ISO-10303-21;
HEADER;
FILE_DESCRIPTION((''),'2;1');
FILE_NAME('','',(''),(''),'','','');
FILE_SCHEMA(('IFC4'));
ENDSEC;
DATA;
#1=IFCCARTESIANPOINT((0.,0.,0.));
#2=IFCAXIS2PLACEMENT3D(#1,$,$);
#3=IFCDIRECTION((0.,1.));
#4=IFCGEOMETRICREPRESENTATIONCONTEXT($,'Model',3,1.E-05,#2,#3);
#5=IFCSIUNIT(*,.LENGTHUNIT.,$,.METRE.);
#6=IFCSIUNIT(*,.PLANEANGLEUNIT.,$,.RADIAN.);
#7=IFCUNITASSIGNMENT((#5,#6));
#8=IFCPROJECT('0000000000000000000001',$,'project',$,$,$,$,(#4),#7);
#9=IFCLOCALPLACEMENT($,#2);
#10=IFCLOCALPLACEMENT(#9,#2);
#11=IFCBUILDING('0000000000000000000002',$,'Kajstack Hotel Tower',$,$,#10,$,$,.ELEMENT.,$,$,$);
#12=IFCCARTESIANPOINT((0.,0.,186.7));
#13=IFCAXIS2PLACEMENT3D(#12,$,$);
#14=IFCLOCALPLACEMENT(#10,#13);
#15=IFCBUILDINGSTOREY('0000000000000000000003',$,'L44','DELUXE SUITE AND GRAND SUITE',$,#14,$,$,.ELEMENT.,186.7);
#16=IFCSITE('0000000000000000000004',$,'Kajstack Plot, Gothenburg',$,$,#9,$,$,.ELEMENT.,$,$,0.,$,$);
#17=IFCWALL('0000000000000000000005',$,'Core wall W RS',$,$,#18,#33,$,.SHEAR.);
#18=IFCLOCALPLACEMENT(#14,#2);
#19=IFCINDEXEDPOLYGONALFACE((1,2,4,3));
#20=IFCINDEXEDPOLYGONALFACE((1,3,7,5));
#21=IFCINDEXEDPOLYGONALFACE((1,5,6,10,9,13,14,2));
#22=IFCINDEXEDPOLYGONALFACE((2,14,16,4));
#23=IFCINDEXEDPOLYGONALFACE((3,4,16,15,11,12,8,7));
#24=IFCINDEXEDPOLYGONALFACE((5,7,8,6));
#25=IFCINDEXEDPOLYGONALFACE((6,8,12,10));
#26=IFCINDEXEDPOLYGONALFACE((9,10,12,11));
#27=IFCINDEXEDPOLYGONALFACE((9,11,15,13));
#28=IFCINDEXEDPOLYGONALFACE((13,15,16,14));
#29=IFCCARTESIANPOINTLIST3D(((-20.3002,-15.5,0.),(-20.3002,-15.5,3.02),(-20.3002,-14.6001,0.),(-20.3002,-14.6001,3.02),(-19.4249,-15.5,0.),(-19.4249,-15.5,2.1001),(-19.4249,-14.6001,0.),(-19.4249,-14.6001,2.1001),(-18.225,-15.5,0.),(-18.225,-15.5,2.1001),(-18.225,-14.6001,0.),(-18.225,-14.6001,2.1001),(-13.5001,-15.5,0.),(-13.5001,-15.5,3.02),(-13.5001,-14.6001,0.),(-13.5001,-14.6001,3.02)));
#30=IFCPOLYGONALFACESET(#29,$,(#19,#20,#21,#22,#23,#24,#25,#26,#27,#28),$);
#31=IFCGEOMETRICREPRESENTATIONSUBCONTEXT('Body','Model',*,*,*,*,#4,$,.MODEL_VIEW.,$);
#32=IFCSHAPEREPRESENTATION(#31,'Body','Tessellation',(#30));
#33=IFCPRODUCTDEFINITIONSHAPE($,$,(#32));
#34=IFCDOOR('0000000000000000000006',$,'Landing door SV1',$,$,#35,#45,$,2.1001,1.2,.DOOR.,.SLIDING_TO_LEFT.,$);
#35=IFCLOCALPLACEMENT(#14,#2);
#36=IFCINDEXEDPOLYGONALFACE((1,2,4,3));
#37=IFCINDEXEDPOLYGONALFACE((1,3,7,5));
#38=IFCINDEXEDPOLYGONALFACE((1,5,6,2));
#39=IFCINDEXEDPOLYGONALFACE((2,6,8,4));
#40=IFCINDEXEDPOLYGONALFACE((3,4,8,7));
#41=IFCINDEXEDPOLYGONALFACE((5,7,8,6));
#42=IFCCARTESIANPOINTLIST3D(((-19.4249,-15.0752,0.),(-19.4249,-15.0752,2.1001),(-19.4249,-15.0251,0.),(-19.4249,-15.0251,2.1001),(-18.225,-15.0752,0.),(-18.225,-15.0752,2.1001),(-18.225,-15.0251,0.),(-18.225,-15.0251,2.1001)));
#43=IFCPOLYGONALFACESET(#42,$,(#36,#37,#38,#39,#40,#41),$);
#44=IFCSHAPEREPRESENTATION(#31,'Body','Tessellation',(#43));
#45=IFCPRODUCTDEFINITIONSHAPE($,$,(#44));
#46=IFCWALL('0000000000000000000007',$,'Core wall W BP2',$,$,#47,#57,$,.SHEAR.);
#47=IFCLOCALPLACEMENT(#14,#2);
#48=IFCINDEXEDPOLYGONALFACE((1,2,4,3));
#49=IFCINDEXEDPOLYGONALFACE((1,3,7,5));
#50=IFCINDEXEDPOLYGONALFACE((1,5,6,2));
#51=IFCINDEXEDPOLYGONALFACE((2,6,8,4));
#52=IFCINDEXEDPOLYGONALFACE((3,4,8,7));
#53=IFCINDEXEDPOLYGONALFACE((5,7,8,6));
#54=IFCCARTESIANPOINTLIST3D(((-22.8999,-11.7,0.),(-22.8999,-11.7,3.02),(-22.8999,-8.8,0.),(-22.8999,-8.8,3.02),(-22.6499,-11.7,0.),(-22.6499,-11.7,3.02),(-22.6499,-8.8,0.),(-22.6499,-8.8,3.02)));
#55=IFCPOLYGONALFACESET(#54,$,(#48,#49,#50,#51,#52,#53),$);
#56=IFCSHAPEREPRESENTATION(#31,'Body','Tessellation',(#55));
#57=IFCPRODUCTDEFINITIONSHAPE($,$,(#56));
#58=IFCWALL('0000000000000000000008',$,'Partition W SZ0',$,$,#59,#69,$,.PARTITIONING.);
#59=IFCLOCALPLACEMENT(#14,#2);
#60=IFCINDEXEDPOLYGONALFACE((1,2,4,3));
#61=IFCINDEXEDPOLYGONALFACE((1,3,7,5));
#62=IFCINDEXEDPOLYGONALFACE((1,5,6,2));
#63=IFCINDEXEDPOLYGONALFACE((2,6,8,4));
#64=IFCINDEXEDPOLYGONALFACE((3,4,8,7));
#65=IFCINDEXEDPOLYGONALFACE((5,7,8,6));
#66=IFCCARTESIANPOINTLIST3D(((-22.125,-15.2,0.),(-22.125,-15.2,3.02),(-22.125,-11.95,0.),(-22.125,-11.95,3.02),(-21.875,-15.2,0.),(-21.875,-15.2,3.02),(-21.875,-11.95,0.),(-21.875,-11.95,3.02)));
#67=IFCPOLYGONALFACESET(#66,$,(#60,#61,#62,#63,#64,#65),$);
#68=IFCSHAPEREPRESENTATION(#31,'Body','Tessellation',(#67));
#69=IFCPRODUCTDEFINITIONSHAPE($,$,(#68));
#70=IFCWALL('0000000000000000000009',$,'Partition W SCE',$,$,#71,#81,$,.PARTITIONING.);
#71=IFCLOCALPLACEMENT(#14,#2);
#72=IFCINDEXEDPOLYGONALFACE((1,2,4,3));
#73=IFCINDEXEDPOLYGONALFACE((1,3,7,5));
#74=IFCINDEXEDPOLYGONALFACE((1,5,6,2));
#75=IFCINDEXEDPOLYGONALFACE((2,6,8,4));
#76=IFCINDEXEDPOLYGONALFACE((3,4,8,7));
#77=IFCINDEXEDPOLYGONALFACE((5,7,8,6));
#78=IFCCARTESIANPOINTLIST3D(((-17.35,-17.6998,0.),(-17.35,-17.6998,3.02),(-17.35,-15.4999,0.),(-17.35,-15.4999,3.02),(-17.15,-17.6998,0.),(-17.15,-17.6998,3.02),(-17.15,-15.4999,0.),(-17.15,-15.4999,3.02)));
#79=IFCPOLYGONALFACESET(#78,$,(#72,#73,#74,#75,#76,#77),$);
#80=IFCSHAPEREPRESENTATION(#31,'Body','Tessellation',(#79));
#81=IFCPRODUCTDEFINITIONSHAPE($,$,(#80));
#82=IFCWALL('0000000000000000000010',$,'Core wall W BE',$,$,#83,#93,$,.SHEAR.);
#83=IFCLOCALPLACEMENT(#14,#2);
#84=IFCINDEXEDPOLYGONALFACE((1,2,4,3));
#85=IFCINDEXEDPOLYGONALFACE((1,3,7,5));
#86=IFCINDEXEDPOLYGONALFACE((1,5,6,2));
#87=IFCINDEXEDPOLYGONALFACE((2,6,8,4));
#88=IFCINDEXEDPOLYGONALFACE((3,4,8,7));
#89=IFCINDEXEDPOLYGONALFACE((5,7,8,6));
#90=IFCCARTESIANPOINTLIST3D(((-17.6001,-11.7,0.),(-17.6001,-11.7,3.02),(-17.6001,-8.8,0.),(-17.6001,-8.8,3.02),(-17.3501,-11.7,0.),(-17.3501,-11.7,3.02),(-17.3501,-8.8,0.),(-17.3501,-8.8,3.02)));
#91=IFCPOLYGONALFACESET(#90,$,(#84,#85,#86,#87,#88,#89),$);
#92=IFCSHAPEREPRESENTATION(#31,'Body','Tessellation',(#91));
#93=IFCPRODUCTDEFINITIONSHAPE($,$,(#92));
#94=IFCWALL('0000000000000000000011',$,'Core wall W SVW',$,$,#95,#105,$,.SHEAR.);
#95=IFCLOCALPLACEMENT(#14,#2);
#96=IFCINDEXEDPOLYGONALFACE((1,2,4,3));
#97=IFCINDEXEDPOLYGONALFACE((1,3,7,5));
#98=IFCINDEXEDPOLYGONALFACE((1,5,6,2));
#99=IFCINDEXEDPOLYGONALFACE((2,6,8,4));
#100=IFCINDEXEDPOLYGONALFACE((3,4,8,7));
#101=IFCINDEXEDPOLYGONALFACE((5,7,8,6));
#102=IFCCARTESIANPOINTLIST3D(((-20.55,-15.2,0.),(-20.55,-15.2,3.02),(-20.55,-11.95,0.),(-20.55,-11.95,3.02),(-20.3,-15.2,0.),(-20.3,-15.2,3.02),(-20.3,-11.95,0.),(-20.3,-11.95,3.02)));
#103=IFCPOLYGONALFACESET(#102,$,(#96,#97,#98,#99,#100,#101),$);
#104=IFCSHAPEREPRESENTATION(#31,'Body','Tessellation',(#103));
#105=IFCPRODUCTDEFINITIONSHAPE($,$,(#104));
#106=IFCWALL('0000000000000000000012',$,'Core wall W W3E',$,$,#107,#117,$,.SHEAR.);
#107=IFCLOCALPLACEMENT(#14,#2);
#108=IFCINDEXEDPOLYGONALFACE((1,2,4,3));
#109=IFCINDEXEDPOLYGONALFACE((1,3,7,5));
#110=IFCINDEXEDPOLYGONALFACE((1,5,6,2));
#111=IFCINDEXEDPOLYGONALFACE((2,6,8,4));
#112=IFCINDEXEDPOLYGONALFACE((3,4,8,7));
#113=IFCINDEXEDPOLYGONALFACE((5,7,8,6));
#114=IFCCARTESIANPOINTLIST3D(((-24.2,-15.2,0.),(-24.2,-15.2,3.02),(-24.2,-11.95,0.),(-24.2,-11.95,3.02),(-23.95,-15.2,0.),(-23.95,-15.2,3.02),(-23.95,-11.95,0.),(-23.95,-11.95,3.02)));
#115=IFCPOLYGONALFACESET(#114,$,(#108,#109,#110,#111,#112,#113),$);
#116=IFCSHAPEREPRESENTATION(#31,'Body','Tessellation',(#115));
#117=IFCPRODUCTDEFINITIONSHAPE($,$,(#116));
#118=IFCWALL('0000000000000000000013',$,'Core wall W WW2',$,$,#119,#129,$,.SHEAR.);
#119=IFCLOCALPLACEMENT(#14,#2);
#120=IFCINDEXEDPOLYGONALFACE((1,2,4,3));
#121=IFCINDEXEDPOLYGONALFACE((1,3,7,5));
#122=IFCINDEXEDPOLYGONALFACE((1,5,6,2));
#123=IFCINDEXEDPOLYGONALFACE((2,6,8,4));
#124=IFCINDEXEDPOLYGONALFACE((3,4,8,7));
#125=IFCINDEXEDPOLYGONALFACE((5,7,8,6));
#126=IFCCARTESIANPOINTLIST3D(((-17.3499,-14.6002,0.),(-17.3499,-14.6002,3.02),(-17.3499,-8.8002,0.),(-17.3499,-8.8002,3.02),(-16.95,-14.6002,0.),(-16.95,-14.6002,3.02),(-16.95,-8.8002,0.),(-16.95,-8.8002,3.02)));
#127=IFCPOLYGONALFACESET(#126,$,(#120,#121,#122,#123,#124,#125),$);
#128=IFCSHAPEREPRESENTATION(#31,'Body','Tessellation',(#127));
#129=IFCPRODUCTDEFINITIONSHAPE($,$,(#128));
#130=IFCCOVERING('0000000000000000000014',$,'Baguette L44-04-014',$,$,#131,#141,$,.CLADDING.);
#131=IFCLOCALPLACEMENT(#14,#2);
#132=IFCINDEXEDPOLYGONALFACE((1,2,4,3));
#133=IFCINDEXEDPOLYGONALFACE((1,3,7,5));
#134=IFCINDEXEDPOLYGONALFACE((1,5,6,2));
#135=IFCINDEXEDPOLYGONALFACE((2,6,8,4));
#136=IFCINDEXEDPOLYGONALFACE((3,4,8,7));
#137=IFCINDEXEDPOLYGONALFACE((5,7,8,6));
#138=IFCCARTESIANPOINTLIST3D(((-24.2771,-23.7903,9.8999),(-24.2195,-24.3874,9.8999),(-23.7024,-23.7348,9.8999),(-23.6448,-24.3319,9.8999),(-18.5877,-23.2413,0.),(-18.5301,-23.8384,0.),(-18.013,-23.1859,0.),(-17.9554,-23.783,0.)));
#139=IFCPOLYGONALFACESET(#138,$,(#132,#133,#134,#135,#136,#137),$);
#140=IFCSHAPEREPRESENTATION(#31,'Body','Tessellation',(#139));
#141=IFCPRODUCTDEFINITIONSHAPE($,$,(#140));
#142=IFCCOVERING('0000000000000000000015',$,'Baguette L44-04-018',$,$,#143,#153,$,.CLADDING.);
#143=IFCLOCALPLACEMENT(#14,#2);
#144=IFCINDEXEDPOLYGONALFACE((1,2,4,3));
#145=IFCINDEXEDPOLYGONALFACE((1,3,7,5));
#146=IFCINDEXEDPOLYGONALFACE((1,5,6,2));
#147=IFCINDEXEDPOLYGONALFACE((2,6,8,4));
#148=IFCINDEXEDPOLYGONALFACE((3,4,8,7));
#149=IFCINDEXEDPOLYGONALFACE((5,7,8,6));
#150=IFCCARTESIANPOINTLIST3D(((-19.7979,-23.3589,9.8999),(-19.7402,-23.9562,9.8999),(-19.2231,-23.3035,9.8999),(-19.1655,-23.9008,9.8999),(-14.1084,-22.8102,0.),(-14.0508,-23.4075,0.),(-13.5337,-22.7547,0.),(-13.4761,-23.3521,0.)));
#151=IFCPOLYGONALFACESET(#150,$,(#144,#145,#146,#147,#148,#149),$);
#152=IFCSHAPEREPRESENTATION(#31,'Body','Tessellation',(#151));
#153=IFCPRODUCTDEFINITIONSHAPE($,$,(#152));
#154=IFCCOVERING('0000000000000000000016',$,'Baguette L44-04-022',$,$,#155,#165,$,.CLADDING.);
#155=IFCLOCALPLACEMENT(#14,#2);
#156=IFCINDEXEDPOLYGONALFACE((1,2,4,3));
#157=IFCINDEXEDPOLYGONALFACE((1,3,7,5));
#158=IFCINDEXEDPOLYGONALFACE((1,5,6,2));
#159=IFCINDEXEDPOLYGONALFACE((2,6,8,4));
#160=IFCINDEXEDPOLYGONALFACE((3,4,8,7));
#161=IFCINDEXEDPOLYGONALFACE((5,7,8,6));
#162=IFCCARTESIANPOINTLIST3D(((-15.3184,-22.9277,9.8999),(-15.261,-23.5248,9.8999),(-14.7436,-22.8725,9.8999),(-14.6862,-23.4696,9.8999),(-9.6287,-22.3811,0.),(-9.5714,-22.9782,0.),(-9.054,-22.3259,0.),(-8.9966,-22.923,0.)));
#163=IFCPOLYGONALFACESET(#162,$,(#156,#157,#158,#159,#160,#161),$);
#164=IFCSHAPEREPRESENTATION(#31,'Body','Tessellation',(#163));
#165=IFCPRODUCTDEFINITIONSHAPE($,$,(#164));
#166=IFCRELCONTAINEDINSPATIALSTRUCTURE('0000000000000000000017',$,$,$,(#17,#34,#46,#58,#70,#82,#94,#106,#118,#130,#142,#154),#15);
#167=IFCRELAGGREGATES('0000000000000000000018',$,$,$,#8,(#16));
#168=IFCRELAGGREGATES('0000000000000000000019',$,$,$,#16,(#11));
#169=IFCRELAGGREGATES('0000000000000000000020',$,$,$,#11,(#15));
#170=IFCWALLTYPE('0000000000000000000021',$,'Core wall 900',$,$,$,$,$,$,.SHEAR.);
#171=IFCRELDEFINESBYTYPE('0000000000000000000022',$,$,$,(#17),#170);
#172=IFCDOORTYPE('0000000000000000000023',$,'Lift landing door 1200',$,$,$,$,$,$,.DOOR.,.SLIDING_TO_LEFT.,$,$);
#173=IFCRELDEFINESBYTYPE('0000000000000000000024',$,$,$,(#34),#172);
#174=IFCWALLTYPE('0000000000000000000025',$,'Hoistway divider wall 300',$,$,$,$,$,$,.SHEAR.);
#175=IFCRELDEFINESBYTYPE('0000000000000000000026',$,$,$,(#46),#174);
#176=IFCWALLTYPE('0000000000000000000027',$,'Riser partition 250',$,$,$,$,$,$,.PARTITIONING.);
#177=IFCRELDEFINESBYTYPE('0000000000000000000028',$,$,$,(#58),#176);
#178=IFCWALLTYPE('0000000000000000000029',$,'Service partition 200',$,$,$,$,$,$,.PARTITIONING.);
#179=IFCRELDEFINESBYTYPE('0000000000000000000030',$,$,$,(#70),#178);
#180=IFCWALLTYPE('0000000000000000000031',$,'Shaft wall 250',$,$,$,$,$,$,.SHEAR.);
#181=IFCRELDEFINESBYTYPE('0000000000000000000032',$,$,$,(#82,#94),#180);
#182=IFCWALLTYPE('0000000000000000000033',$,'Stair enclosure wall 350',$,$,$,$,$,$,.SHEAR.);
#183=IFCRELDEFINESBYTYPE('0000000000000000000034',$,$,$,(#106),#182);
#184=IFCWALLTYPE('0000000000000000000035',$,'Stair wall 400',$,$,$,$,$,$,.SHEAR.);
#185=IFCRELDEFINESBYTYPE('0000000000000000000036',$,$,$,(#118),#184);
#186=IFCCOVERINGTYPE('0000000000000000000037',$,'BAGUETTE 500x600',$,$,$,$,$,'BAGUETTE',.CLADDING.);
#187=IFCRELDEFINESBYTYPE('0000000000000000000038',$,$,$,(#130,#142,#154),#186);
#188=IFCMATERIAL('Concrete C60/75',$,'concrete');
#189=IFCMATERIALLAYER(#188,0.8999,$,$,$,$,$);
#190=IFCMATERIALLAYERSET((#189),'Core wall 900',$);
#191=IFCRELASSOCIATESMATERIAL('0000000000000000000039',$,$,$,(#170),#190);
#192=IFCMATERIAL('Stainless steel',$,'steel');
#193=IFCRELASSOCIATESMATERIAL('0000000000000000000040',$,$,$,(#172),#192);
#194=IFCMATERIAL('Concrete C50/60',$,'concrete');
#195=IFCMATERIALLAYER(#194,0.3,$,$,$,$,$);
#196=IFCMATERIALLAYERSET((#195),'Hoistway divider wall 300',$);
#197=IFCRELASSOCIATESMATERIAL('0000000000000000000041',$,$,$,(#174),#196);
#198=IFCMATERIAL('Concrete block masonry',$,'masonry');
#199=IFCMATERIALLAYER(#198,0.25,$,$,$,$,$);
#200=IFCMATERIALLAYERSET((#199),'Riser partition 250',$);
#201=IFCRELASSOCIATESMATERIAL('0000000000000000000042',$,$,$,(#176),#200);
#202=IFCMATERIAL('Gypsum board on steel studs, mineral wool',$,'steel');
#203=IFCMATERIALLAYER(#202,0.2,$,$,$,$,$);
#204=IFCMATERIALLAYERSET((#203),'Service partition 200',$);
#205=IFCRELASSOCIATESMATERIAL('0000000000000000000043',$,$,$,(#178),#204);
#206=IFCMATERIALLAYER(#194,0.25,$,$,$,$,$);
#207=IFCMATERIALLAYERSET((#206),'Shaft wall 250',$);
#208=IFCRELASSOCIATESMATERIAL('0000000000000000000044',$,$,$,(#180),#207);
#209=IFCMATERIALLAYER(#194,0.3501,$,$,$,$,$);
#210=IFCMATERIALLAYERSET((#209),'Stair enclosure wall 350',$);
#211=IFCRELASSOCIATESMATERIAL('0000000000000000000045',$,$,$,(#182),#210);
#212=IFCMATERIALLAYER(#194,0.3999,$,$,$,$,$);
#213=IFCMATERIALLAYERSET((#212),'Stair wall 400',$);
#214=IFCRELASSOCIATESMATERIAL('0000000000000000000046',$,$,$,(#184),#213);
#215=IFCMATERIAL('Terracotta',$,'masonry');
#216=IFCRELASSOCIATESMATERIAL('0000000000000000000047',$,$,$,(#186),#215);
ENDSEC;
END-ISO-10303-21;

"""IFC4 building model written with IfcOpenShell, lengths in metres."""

from ifc_helpers import new_model, si_unit, direction, frame, frame_2d, origin, origin_2d, place, context, subcontext, project, spatial, polyline, rectangle, outline, extrude, material, layer, layer_set, material_profile, profile_set, type_object, element, fill, save


model = new_model("IFC4")

# Units and contexts
model_context = context("Model", 3, precision=1e-05, world=origin(), true_north=direction((0.0, 1.0)))
body_context = subcontext(model_context, "Body", "Model", "MODEL_VIEW")
ifc_project = project(units=[si_unit("LENGTHUNIT", "METRE"), si_unit("PLANEANGLEUNIT", "RADIAN")], contexts=[model_context])

# Site, building, storey
site_placement = place(None, origin())
site = spatial("IfcSite", under=ifc_project, at=site_placement, Name="Kajstack Plot, Gothenburg", CompositionType="ELEMENT", RefElevation=0.0)
building_placement = place(site_placement, origin())
building = spatial("IfcBuilding", under=site, at=building_placement, Name="Kajstack Hotel Tower", CompositionType="ELEMENT")
storey_placement = place(building_placement, frame((0.0, 0.0, 186.7)))
storey = spatial("IfcBuildingStorey", under=building, at=storey_placement, Name="L44", Description="DELUXE SUITE AND GRAND SUITE", CompositionType="ELEMENT", Elevation=186.7)

# Wall, opening, door
ifc_material_1 = material(Name="Concrete C60/75", Category="concrete")
ifc_layer_1 = layer(ifc_material_1, 0.8999)
ifc_layer_set_1 = layer_set([ifc_layer_1], Name="Core wall 900")
wall_type_1 = type_object("IfcWallType", Name="Core wall 900", PredefinedType="SHEAR", material=ifc_layer_set_1)
wall_1_placement = place(storey_placement, frame((-20.3, -15.05, 0.0), z_axis=(0.0, 0.0, 1.0), x_axis=(1.0, 0.0, 0.0)))
wall_1 = element("IfcWall", 1, at=wall_1_placement, inside=storey, type_object=wall_type_1, Name="Core wall W RS", PredefinedType="SHEAR", context=body_context, shape_type="SweptSolid", body=[
    extrude(rectangle(XDim=6.8, YDim=0.8999, at=frame_2d((3.3999, 0.0))), origin(), (0.0, 0.0, 1.0), 3.02),
])
opening_placement = place(wall_1_placement, frame((0.875, 0.0, 0.0)))
opening = element("IfcOpeningElement", 2, at=opening_placement, cuts=wall_1, PredefinedType="OPENING", context=body_context, shape_type="SweptSolid", body=[
    extrude(rectangle(XDim=1.2, YDim=2.1001, at=frame_2d((0.6001, 1.05))), frame((0.0, 0.46, 0.0), z_axis=(0.0, -1.0, 0.0), x_axis=(1.0, 0.0, 0.0)), (0.0, 0.0, 1.0), 0.9199),
])
ifc_material_2 = material(Name="Stainless steel", Category="steel")
door_type = type_object("IfcDoorType", Name="Lift landing door 1200", OperationType="SLIDING_TO_LEFT", PredefinedType="DOOR", material=ifc_material_2)
door_placement = place(opening_placement, origin())
door = element("IfcDoor", 3, at=door_placement, inside=storey, type_object=door_type, Name="Landing door SV1", OperationType="SLIDING_TO_LEFT", OverallHeight=2.1001, OverallWidth=1.2, PredefinedType="DOOR", context=body_context, shape_type="SweptSolid", body=[
    extrude(rectangle(XDim=1.2, YDim=2.1001, at=frame_2d((0.6001, 1.05))), frame((0.0, 0.0249, 0.0), z_axis=(0.0, -1.0, 0.0), x_axis=(1.0, 0.0, 0.0)), (0.0, 0.0, 1.0), 0.05),
])
fill(opening, door)

# Walls
ifc_material_3 = material(Name="Concrete C50/60", Category="concrete")
ifc_layer_2 = layer(ifc_material_3, 0.3)
ifc_layer_set_2 = layer_set([ifc_layer_2], Name="Hoistway divider wall 300")
wall_type_2 = type_object("IfcWallType", Name="Hoistway divider wall 300", PredefinedType="SHEAR", material=ifc_layer_set_2)
wall_2_placement = place(storey_placement, frame((-22.7749, -11.7, 0.0), z_axis=(0.0, 0.0, 1.0), x_axis=(0.0, 1.0, 0.0)))
element("IfcWall", 4, at=wall_2_placement, inside=storey, type_object=wall_type_2, Name="Core wall W BP2", PredefinedType="SHEAR", context=body_context, shape_type="SweptSolid", body=[
    extrude(rectangle(XDim=2.8999, YDim=0.25, at=frame_2d((1.45, 0.0))), origin(), (0.0, 0.0, 1.0), 3.02),
])
ifc_material_4 = material(Name="Concrete block masonry", Category="masonry")
ifc_layer_3 = layer(ifc_material_4, 0.25)
ifc_layer_set_3 = layer_set([ifc_layer_3], Name="Riser partition 250")
wall_type_3 = type_object("IfcWallType", Name="Riser partition 250", PredefinedType="PARTITIONING", material=ifc_layer_set_3)
wall_3_placement = place(storey_placement, frame((-22.0, -15.2, 0.0), z_axis=(0.0, 0.0, 1.0), x_axis=(0.0, 1.0, 0.0)))
element("IfcWall", 5, at=wall_3_placement, inside=storey, type_object=wall_type_3, Name="Partition W SZ0", PredefinedType="PARTITIONING", context=body_context, shape_type="SweptSolid", body=[
    extrude(rectangle(XDim=3.25, YDim=0.25, at=frame_2d((1.625, 0.0))), origin(), (0.0, 0.0, 1.0), 3.02),
])
ifc_material_5 = material(Name="Gypsum board on steel studs, mineral wool", Category="steel")
ifc_layer_4 = layer(ifc_material_5, 0.2)
ifc_layer_set_4 = layer_set([ifc_layer_4], Name="Service partition 200")
wall_type_4 = type_object("IfcWallType", Name="Service partition 200", PredefinedType="PARTITIONING", material=ifc_layer_set_4)
wall_4_placement = place(storey_placement, frame((-17.25, -17.7, 0.0), z_axis=(0.0, 0.0, 1.0), x_axis=(0.0, 1.0, 0.0)))
element("IfcWall", 6, at=wall_4_placement, inside=storey, type_object=wall_type_4, Name="Partition W SCE", PredefinedType="PARTITIONING", context=body_context, shape_type="SweptSolid", body=[
    extrude(rectangle(XDim=2.2, YDim=0.2, at=frame_2d((1.1001, 0.0))), origin(), (0.0, 0.0, 1.0), 3.02),
])
ifc_layer_5 = layer(ifc_material_3, 0.25)
ifc_layer_set_5 = layer_set([ifc_layer_5], Name="Shaft wall 250")
wall_type_5 = type_object("IfcWallType", Name="Shaft wall 250", PredefinedType="SHEAR", material=ifc_layer_set_5)
wall_5_placement = place(storey_placement, frame((-17.4751, -11.7, 0.0), z_axis=(0.0, 0.0, 1.0), x_axis=(0.0, 1.0, 0.0)))
element("IfcWall", 7, at=wall_5_placement, inside=storey, type_object=wall_type_5, Name="Core wall W BE", PredefinedType="SHEAR", context=body_context, shape_type="SweptSolid", body=[
    extrude(rectangle(XDim=2.8999, YDim=0.25, at=frame_2d((1.45, 0.0))), origin(), (0.0, 0.0, 1.0), 3.02),
])
wall_6_placement = place(storey_placement, frame((-20.425, -15.2, 0.0), z_axis=(0.0, 0.0, 1.0), x_axis=(0.0, 1.0, 0.0)))
element("IfcWall", 8, at=wall_6_placement, inside=storey, type_object=wall_type_5, Name="Core wall W SVW", PredefinedType="SHEAR", context=body_context, shape_type="SweptSolid", body=[
    extrude(rectangle(XDim=3.25, YDim=0.25, at=frame_2d((1.625, 0.0))), origin(), (0.0, 0.0, 1.0), 3.02),
])
ifc_layer_6 = layer(ifc_material_3, 0.3501)
ifc_layer_set_6 = layer_set([ifc_layer_6], Name="Stair enclosure wall 350")
wall_type_6 = type_object("IfcWallType", Name="Stair enclosure wall 350", PredefinedType="SHEAR", material=ifc_layer_set_6)
wall_7_placement = place(storey_placement, frame((-24.075, -15.2, 0.0), z_axis=(0.0, 0.0, 1.0), x_axis=(0.0, 1.0, 0.0)))
element("IfcWall", 9, at=wall_7_placement, inside=storey, type_object=wall_type_6, Name="Core wall W W3E", PredefinedType="SHEAR", context=body_context, shape_type="SweptSolid", body=[
    extrude(rectangle(XDim=3.25, YDim=0.25, at=frame_2d((1.625, 0.0))), origin(), (0.0, 0.0, 1.0), 3.02),
])
ifc_layer_7 = layer(ifc_material_3, 0.3999)
ifc_layer_set_7 = layer_set([ifc_layer_7], Name="Stair wall 400")
wall_type_7 = type_object("IfcWallType", Name="Stair wall 400", PredefinedType="SHEAR", material=ifc_layer_set_7)
wall_8_placement = place(storey_placement, frame((-17.1499, -14.6001, 0.0), z_axis=(0.0, 0.0, 1.0), x_axis=(0.0, 1.0, 0.0)))
element("IfcWall", 10, at=wall_8_placement, inside=storey, type_object=wall_type_7, Name="Core wall W WW2", PredefinedType="SHEAR", context=body_context, shape_type="SweptSolid", body=[
    extrude(rectangle(XDim=5.8, YDim=0.3999, at=frame_2d((2.8999, 0.0))), origin(), (0.0, 0.0, 1.0), 3.02),
])

# Coverings
ifc_material_6 = material(Name="Terracotta", Category="masonry")
ifc_material_profile = material_profile(ifc_material_6, rectangle(XDim=0.6001, YDim=0.5, at=origin_2d()), Name="Terracotta-clad concrete baguette 500 x 600")
ifc_profile_set = profile_set([ifc_material_profile], Name="Terracotta")
covering_type = type_object("IfcCoveringType", Name="BAGUETTE 500x600", ElementType="BAGUETTE", PredefinedType="CLADDING", material=ifc_profile_set)
covering_1_placement = place(storey_placement, frame((-24.2771, -23.7903, 0.0), z_axis=(0.096038, -0.995378, 0.0), x_axis=(0.995378, 0.096038, 0.0)))
element("IfcCovering", 11, at=covering_1_placement, inside=storey, type_object=covering_type, Name="Baguette L44-04-014", PredefinedType="CLADDING", context=body_context, shape_type="SweptSolid", body=[
    extrude(outline(polyline([(0.0, 9.8999), (5.7158, 0.0), (6.2932, 0.0), (0.5774, 9.8999), (0.0, 9.8999)])), origin(), (0.0, 0.0, 1.0), 0.5999),
])
covering_2_placement = place(storey_placement, frame((-19.7979, -23.3589, 0.0), z_axis=(0.095999, -0.995381, 0.0), x_axis=(0.995381, 0.095999, 0.0)))
element("IfcCovering", 12, at=covering_2_placement, inside=storey, type_object=covering_type, Name="Baguette L44-04-018", PredefinedType="CLADDING", context=body_context, shape_type="SweptSolid", body=[
    extrude(outline(polyline([(0.0, 9.8999), (5.7158, 0.0), (6.2932, 0.0), (0.5774, 9.8999), (0.0, 9.8999)])), origin(), (0.0, 0.0, 1.0), 0.6001),
])
covering_3_placement = place(storey_placement, frame((-15.3184, -22.9277, 0.0), z_axis=(0.095635, -0.995416, 0.0), x_axis=(0.995416, 0.095635, 0.0)))
element("IfcCovering", 13, at=covering_3_placement, inside=storey, type_object=covering_type, Name="Baguette L44-04-022", PredefinedType="CLADDING", context=body_context, shape_type="SweptSolid", body=[
    extrude(outline(polyline([(0.0, 9.8999), (5.7158, 0.0), (6.2932, 0.0), (0.5774, 9.8999), (0.0, 9.8999)])), origin(), (0.0, 0.0, 1.0), 0.5999),
])

save(model, "model.ifc")
